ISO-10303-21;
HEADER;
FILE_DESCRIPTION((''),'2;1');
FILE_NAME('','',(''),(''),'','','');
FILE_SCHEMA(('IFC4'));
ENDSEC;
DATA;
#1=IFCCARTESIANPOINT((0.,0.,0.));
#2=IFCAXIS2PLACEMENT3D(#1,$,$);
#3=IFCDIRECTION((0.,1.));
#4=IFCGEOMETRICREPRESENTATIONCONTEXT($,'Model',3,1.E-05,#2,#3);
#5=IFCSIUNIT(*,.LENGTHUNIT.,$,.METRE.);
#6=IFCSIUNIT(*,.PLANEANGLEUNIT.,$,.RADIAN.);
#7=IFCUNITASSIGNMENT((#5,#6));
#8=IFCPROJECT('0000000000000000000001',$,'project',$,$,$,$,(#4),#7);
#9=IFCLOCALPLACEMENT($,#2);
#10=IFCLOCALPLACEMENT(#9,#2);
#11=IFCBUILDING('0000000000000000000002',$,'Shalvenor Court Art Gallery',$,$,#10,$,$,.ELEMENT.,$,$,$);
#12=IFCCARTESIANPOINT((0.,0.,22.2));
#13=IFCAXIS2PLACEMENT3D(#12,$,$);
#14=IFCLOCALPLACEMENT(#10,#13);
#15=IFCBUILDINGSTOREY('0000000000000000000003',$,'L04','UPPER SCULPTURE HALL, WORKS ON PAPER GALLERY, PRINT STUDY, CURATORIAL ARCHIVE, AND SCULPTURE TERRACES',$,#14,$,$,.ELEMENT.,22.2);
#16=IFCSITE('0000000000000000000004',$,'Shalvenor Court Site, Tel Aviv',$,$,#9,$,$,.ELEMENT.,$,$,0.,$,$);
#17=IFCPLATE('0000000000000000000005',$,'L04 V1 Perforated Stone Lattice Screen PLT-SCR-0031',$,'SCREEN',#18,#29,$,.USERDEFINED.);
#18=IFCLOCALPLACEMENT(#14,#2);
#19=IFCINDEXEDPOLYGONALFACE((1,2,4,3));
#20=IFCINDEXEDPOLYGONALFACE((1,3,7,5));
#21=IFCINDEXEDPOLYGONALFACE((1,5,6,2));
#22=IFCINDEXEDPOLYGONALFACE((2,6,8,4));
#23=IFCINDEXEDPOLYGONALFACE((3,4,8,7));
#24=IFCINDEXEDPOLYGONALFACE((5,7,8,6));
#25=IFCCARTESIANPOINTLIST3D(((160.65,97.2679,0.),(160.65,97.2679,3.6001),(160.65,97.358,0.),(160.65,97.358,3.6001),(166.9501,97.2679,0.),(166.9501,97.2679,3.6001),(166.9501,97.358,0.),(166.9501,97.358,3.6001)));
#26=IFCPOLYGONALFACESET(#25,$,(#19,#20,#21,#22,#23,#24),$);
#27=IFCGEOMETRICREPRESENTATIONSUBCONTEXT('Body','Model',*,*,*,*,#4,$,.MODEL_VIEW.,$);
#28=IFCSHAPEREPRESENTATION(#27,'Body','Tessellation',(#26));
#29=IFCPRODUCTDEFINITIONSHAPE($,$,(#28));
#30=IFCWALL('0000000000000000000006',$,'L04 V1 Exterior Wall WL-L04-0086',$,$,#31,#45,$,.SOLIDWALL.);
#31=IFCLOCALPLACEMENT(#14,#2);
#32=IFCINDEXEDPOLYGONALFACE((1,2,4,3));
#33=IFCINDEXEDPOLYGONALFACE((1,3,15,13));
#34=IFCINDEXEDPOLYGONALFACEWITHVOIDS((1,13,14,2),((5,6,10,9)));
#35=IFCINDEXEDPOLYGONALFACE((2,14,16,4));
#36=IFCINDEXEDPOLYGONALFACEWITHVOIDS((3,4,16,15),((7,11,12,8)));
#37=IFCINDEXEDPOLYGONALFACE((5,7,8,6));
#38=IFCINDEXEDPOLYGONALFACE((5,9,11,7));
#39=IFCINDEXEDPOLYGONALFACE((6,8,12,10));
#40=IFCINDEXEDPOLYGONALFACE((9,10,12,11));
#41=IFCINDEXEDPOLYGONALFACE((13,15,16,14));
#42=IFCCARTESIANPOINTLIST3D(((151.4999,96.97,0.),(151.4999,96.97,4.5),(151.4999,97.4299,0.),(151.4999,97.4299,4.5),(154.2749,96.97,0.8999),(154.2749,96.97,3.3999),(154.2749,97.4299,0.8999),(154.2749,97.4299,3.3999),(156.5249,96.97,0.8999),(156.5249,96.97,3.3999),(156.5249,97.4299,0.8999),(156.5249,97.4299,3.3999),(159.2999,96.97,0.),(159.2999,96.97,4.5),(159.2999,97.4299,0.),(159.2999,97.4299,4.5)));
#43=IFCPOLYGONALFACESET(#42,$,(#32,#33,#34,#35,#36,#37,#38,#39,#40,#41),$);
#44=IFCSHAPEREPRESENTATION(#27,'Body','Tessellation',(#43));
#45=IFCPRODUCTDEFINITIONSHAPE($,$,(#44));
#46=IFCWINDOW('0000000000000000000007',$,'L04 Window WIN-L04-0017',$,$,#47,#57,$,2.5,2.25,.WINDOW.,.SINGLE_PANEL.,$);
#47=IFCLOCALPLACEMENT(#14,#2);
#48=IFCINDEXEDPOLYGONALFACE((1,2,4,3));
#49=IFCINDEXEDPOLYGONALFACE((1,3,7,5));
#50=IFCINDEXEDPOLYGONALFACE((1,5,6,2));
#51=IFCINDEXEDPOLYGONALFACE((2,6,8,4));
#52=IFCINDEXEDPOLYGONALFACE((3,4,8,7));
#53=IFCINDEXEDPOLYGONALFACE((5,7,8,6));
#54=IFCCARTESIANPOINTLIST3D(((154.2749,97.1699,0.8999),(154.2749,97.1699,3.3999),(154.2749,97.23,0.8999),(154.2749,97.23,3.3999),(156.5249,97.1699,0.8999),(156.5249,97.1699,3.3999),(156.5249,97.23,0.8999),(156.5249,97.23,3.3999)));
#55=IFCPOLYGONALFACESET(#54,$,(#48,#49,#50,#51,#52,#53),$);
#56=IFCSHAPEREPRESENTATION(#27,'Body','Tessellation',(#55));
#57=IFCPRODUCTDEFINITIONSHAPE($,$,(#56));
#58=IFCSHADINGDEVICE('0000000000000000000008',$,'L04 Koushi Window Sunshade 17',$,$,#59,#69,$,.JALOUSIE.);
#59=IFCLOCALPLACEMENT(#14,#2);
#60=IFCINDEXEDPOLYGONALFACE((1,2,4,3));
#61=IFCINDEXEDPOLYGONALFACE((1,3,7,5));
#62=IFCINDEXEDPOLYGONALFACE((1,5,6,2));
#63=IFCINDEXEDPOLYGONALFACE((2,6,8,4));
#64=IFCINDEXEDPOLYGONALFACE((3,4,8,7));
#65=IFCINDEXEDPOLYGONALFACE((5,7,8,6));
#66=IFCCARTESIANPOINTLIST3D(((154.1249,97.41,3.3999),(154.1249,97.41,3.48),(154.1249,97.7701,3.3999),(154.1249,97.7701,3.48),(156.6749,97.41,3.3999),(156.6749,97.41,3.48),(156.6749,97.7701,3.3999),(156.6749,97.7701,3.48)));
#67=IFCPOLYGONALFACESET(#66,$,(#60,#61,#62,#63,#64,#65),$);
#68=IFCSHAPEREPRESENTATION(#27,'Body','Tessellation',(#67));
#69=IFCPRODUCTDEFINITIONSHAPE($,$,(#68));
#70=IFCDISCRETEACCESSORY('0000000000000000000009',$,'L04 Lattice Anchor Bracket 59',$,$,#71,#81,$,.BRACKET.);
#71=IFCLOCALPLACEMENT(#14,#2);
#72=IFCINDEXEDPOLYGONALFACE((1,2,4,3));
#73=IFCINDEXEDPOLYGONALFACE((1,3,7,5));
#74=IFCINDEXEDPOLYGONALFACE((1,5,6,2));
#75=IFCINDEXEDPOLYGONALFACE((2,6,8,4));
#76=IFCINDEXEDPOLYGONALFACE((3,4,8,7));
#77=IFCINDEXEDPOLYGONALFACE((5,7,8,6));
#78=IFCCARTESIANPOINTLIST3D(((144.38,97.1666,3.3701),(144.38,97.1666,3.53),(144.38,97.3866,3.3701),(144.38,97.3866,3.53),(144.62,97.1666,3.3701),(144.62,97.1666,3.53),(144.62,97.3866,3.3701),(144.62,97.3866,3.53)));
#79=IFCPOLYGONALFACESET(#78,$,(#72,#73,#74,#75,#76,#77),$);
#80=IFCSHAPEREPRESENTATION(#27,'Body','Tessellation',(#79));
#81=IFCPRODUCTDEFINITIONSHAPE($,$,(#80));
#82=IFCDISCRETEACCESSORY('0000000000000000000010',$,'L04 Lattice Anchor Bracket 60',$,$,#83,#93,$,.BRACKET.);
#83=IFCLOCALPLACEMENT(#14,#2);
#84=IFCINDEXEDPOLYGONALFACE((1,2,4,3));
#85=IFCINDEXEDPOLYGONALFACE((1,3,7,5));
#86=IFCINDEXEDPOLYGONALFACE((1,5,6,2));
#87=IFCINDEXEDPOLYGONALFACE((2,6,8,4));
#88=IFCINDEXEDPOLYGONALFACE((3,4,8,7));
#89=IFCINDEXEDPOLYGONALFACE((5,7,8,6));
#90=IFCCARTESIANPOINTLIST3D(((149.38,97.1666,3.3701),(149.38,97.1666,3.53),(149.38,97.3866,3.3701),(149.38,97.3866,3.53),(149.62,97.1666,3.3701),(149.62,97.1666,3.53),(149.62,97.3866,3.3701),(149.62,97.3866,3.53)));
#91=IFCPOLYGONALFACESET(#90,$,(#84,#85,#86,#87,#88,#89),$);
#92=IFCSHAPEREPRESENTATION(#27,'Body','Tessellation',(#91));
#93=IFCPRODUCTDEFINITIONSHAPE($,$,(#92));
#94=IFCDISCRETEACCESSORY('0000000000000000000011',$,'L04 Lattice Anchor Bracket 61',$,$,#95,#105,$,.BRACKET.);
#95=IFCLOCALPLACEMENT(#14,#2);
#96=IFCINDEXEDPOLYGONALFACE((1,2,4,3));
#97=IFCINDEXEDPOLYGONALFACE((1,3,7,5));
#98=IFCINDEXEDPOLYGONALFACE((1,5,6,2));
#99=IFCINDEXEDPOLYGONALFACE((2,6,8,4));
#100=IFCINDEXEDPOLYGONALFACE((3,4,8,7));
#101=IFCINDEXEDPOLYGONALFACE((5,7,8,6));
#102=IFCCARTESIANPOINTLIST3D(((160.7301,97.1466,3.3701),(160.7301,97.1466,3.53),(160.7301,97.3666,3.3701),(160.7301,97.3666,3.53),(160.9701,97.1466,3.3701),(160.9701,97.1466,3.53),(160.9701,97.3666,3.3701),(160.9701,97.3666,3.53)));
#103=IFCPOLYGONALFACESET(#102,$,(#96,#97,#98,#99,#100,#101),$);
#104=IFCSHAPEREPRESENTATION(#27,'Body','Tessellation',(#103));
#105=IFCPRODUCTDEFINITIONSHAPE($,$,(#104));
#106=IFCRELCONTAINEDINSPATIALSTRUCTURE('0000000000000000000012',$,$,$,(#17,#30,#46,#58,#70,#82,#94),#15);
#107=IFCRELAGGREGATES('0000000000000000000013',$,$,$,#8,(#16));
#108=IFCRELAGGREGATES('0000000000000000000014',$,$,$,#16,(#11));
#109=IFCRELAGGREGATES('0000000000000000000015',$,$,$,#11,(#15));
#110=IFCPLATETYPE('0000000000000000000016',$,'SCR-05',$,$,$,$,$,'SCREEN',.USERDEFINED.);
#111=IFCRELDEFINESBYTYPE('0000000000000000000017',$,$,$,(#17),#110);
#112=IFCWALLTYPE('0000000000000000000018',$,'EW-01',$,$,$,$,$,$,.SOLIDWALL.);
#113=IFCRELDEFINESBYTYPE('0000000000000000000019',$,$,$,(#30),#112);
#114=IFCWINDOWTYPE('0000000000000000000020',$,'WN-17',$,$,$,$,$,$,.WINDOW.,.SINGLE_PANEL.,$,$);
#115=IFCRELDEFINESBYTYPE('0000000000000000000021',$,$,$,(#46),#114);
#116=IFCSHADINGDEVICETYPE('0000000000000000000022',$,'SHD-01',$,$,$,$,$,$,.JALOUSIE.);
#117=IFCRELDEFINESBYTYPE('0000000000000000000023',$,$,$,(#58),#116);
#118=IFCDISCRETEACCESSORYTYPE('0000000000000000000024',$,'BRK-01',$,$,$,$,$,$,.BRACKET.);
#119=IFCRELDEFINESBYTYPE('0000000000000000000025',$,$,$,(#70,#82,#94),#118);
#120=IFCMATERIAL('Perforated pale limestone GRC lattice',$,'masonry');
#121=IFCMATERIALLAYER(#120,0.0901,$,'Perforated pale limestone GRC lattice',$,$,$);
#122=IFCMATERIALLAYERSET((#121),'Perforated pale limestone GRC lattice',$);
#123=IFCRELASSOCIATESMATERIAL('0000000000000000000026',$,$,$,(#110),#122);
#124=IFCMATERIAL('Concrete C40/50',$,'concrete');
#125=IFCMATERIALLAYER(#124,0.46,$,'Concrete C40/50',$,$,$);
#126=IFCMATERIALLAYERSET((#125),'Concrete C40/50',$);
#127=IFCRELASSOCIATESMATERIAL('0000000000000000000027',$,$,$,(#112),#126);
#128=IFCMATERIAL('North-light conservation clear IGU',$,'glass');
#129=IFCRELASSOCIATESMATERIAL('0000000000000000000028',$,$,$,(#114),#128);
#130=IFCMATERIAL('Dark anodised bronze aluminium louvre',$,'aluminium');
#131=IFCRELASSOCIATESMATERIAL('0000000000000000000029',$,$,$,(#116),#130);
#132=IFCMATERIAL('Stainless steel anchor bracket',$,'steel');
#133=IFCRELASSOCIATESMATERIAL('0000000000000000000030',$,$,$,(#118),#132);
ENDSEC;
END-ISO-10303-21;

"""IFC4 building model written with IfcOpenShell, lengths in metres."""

from ifc_helpers import new_model, si_unit, direction, frame, frame_2d, origin, origin_2d, place, context, subcontext, project, spatial, rectangle, extrude, material, layer, layer_set, type_object, element, fill, save


model = new_model("IFC4")

# Units and contexts
model_context = context("Model", 3, precision=1e-05, world=origin(), true_north=direction((0.0, 1.0)))
body_context = subcontext(model_context, "Body", "Model", "MODEL_VIEW")
ifc_project = project(units=[si_unit("LENGTHUNIT", "METRE"), si_unit("PLANEANGLEUNIT", "RADIAN")], contexts=[model_context])

# Site, building, storey
site_placement = place(None, origin())
site = spatial("IfcSite", under=ifc_project, at=site_placement, Name="Shalvenor Court Site, Tel Aviv", CompositionType="ELEMENT", RefElevation=0.0)
building_placement = place(site_placement, origin())
building = spatial("IfcBuilding", under=site, at=building_placement, Name="Shalvenor Court Art Gallery", CompositionType="ELEMENT")
storey_placement = place(building_placement, frame((0.0, 0.0, 22.2)))
storey = spatial("IfcBuildingStorey", under=building, at=storey_placement, Name="L04", Description="UPPER SCULPTURE HALL, WORKS ON PAPER GALLERY, PRINT STUDY, CURATORIAL ARCHIVE, AND SCULPTURE TERRACES", CompositionType="ELEMENT", Elevation=22.2)

# Plate
ifc_material_1 = material(Name="Perforated pale limestone GRC lattice", Category="masonry")
ifc_layer_1 = layer(ifc_material_1, 0.0901, Name="Perforated pale limestone GRC lattice")
ifc_layer_set_1 = layer_set([ifc_layer_1], Name="Perforated pale limestone GRC lattice")
plate_type_1 = type_object("IfcPlateType", Name="SCR-05", ElementType="SCREEN", PredefinedType="USERDEFINED", material=ifc_layer_set_1)
plate_1_placement = place(storey_placement, frame((163.8, 97.313, 0.0), z_axis=(0.0, 0.0, 1.0), x_axis=(1.0, 0.0, 0.0)))
element("IfcPlate", 1, at=plate_1_placement, inside=storey, type_object=plate_type_1, Name="L04 V1 Perforated Stone Lattice Screen PLT-SCR-0031", ObjectType="SCREEN", PredefinedType="USERDEFINED", context=body_context, shape_type="SweptSolid", body=[
    extrude(rectangle(XDim=6.3, YDim=0.0901, at=origin_2d()), origin(), (0.0, 0.0, 1.0), 3.6001),
])

# Wall, opening, window
ifc_material_2 = material(Name="Concrete C40/50", Category="concrete")
ifc_layer_2 = layer(ifc_material_2, 0.46, Name="Concrete C40/50")
ifc_layer_set_2 = layer_set([ifc_layer_2], Name="Concrete C40/50")
wall_type = type_object("IfcWallType", Name="EW-01", PredefinedType="SOLIDWALL", material=ifc_layer_set_2)
wall_placement = place(storey_placement, frame((151.5, 97.2, 0.0), z_axis=(0.0, 0.0, 1.0), x_axis=(1.0, 0.0, 0.0)))
wall = element("IfcWall", 2, at=wall_placement, inside=storey, type_object=wall_type, Name="L04 V1 Exterior Wall WL-L04-0086", PredefinedType="SOLIDWALL", context=body_context, shape_type="SweptSolid", body=[
    extrude(rectangle(XDim=7.8, YDim=0.46, at=frame_2d((3.8999, 0.0))), origin(), (0.0, 0.0, 1.0), 4.5),
])
opening_placement = place(wall_placement, frame((2.7749, 0.0, 0.8999)))
opening = element("IfcOpeningElement", 3, at=opening_placement, cuts=wall, PredefinedType="OPENING", context=body_context, shape_type="SweptSolid", body=[
    extrude(rectangle(XDim=2.25, YDim=2.5, at=frame_2d((1.125, 1.25))), frame((0.0, 0.24, 0.0), z_axis=(0.0, -1.0, 0.0), x_axis=(1.0, 0.0, 0.0)), (0.0, 0.0, 1.0), 0.48),
])
ifc_material_3 = material(Name="North-light conservation clear IGU", Category="glass")
window_type = type_object("IfcWindowType", Name="WN-17", PartitioningType="SINGLE_PANEL", PredefinedType="WINDOW", material=ifc_material_3)
window_placement = place(opening_placement, origin())
window = element("IfcWindow", 4, at=window_placement, inside=storey, type_object=window_type, Name="L04 Window WIN-L04-0017", OverallHeight=2.5, OverallWidth=2.25, PartitioningType="SINGLE_PANEL", PredefinedType="WINDOW", context=body_context, shape_type="SweptSolid", body=[
    extrude(rectangle(XDim=2.25, YDim=2.5, at=frame_2d((1.125, 1.25))), frame((0.0, 0.03, 0.0), z_axis=(0.0, -1.0, 0.0), x_axis=(1.0, 0.0, 0.0)), (0.0, 0.0, 1.0), 0.0601),
])
fill(opening, window)

# Shading device
ifc_material_4 = material(Name="Dark anodised bronze aluminium louvre", Category="aluminium")
shading_device_type = type_object("IfcShadingDeviceType", Name="SHD-01", PredefinedType="JALOUSIE", material=ifc_material_4)
shading_device_placement = place(storey_placement, frame((155.3999, 97.5901, 3.3999), z_axis=(0.0, 0.0, 1.0), x_axis=(1.0, 0.0, 0.0)))
element("IfcShadingDevice", 5, at=shading_device_placement, inside=storey, type_object=shading_device_type, Name="L04 Koushi Window Sunshade 17", PredefinedType="JALOUSIE", context=body_context, shape_type="SweptSolid", body=[
    extrude(rectangle(XDim=2.55, YDim=0.3601, at=origin_2d()), origin(), (0.0, 0.0, 1.0), 0.0801),
])

# Discrete accessories
ifc_material_5 = material(Name="Stainless steel anchor bracket", Category="steel")
discrete_accessory_type = type_object("IfcDiscreteAccessoryType", Name="BRK-01", PredefinedType="BRACKET", material=ifc_material_5)
for number, where, z_axis, x_axis, name in (
    (6, (144.5, 97.2766, 3.3701), (0.0, 0.0, 1.0), (1.0, 0.0, 0.0), "L04 Lattice Anchor Bracket 59"),
    (7, (149.5, 97.2766, 3.3701), (0.0, 0.0, 1.0), (1.0, 0.0, 0.0), "L04 Lattice Anchor Bracket 60"),
    (8, (160.8501, 97.2566, 3.3701), (0.0, 0.0, 1.0), (1.0, 0.0, 0.0), "L04 Lattice Anchor Bracket 61"),
):
    element("IfcDiscreteAccessory", number, at=place(storey_placement, frame(where, z_axis=z_axis, x_axis=x_axis)), inside=storey, type_object=discrete_accessory_type, Name=name, PredefinedType="BRACKET", context=body_context, shape_type="SweptSolid", body=[
        extrude(rectangle(XDim=0.24, YDim=0.22, at=origin_2d()), origin(), (0.0, 0.0, 1.0), 0.1599),
    ])

save(model, "model.ifc")
